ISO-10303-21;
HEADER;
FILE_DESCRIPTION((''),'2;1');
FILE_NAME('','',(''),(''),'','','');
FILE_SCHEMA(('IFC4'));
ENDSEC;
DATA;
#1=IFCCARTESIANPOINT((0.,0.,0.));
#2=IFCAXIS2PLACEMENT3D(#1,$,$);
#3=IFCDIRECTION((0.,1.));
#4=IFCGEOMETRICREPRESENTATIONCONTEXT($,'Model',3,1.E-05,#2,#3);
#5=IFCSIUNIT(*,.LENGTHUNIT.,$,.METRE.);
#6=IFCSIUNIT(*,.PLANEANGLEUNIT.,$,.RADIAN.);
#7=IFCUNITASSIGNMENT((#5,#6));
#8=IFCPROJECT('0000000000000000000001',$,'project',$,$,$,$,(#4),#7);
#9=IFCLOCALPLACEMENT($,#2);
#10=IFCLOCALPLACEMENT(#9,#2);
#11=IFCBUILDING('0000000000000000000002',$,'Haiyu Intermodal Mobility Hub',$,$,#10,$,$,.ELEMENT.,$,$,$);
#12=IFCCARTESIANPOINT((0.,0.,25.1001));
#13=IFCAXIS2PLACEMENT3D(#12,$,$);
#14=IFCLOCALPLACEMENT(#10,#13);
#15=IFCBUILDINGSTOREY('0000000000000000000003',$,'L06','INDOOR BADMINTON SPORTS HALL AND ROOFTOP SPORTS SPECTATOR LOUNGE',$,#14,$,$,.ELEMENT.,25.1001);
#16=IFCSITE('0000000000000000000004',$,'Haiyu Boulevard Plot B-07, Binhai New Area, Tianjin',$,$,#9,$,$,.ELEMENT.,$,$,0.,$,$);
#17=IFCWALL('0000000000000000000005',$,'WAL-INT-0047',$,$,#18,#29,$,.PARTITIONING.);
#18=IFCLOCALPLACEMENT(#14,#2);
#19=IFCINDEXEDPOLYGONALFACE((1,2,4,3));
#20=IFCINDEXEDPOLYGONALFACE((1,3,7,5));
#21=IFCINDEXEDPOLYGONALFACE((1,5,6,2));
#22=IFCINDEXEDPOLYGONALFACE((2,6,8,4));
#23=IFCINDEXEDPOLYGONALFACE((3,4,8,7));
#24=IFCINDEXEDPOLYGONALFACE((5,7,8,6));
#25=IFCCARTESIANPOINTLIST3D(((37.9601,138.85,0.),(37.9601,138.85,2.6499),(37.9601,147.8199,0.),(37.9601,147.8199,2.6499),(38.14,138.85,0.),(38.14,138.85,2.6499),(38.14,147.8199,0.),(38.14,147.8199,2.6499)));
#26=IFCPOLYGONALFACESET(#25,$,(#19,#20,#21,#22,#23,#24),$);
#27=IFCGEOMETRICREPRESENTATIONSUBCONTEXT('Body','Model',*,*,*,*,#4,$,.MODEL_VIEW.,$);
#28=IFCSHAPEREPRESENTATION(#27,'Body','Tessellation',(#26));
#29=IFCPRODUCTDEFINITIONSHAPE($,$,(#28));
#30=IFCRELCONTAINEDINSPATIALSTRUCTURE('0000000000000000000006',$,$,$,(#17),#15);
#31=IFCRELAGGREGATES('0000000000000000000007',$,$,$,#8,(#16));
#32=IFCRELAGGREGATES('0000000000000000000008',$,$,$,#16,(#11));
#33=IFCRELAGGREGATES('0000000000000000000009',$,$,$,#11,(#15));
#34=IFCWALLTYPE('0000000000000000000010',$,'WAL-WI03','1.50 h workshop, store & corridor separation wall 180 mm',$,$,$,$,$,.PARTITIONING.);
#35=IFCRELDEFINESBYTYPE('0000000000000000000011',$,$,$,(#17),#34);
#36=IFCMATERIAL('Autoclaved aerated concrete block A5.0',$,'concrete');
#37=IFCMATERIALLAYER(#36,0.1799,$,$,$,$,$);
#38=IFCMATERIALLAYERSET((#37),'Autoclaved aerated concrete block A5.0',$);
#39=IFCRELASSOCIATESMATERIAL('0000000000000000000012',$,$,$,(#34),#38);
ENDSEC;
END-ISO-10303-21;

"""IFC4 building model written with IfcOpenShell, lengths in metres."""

from ifc_helpers import new_model, si_unit, direction, frame, frame_2d, origin, place, context, subcontext, project, spatial, rectangle, extrude, material, layer, layer_set, type_object, element, save


model = new_model("IFC4")

# Units and contexts
model_context = context("Model", 3, precision=1e-05, world=origin(), true_north=direction((0.0, 1.0)))
body_context = subcontext(model_context, "Body", "Model", "MODEL_VIEW")
ifc_project = project(units=[si_unit("LENGTHUNIT", "METRE"), si_unit("PLANEANGLEUNIT", "RADIAN")], contexts=[model_context])

# Site, building, storey
site_placement = place(None, origin())
site = spatial("IfcSite", under=ifc_project, at=site_placement, Name="Haiyu Boulevard Plot B-07, Binhai New Area, Tianjin", CompositionType="ELEMENT", RefElevation=0.0)
building_placement = place(site_placement, origin())
building = spatial("IfcBuilding", under=site, at=building_placement, Name="Haiyu Intermodal Mobility Hub", CompositionType="ELEMENT")
storey_placement = place(building_placement, frame((0.0, 0.0, 25.1001)))
storey = spatial("IfcBuildingStorey", under=building, at=storey_placement, Name="L06", Description="INDOOR BADMINTON SPORTS HALL AND ROOFTOP SPORTS SPECTATOR LOUNGE", CompositionType="ELEMENT", Elevation=25.1001)

# Shared definitions
ifc_material_1 = material(Name="Autoclaved aerated concrete block A5.0", Category="concrete")
ifc_layer_1 = layer(ifc_material_1, 0.1799)
ifc_layer_set_1 = layer_set([ifc_layer_1], Name="Autoclaved aerated concrete block A5.0")
wall_type = type_object("IfcWallType", Name="WAL-WI03", Description="1.50 h workshop, store & corridor separation wall 180 mm", PredefinedType="PARTITIONING", material=ifc_layer_set_1)

# Wall
wall_1_placement = place(storey_placement, frame((38.05, 138.8501, 0.0), z_axis=(0.0, 0.0, 1.0), x_axis=(0.0, 1.0, 0.0)))
element("IfcWall", 1, at=wall_1_placement, inside=storey, type_object=wall_type, Name="WAL-INT-0047", PredefinedType="PARTITIONING", context=body_context, shape_type="SweptSolid", body=[
    extrude(rectangle(XDim=8.97, YDim=0.1799, at=frame_2d((4.4849, 0.0))), origin(), (0.0, 0.0, 1.0), 2.6499),
])

save(model, "model.ifc")
